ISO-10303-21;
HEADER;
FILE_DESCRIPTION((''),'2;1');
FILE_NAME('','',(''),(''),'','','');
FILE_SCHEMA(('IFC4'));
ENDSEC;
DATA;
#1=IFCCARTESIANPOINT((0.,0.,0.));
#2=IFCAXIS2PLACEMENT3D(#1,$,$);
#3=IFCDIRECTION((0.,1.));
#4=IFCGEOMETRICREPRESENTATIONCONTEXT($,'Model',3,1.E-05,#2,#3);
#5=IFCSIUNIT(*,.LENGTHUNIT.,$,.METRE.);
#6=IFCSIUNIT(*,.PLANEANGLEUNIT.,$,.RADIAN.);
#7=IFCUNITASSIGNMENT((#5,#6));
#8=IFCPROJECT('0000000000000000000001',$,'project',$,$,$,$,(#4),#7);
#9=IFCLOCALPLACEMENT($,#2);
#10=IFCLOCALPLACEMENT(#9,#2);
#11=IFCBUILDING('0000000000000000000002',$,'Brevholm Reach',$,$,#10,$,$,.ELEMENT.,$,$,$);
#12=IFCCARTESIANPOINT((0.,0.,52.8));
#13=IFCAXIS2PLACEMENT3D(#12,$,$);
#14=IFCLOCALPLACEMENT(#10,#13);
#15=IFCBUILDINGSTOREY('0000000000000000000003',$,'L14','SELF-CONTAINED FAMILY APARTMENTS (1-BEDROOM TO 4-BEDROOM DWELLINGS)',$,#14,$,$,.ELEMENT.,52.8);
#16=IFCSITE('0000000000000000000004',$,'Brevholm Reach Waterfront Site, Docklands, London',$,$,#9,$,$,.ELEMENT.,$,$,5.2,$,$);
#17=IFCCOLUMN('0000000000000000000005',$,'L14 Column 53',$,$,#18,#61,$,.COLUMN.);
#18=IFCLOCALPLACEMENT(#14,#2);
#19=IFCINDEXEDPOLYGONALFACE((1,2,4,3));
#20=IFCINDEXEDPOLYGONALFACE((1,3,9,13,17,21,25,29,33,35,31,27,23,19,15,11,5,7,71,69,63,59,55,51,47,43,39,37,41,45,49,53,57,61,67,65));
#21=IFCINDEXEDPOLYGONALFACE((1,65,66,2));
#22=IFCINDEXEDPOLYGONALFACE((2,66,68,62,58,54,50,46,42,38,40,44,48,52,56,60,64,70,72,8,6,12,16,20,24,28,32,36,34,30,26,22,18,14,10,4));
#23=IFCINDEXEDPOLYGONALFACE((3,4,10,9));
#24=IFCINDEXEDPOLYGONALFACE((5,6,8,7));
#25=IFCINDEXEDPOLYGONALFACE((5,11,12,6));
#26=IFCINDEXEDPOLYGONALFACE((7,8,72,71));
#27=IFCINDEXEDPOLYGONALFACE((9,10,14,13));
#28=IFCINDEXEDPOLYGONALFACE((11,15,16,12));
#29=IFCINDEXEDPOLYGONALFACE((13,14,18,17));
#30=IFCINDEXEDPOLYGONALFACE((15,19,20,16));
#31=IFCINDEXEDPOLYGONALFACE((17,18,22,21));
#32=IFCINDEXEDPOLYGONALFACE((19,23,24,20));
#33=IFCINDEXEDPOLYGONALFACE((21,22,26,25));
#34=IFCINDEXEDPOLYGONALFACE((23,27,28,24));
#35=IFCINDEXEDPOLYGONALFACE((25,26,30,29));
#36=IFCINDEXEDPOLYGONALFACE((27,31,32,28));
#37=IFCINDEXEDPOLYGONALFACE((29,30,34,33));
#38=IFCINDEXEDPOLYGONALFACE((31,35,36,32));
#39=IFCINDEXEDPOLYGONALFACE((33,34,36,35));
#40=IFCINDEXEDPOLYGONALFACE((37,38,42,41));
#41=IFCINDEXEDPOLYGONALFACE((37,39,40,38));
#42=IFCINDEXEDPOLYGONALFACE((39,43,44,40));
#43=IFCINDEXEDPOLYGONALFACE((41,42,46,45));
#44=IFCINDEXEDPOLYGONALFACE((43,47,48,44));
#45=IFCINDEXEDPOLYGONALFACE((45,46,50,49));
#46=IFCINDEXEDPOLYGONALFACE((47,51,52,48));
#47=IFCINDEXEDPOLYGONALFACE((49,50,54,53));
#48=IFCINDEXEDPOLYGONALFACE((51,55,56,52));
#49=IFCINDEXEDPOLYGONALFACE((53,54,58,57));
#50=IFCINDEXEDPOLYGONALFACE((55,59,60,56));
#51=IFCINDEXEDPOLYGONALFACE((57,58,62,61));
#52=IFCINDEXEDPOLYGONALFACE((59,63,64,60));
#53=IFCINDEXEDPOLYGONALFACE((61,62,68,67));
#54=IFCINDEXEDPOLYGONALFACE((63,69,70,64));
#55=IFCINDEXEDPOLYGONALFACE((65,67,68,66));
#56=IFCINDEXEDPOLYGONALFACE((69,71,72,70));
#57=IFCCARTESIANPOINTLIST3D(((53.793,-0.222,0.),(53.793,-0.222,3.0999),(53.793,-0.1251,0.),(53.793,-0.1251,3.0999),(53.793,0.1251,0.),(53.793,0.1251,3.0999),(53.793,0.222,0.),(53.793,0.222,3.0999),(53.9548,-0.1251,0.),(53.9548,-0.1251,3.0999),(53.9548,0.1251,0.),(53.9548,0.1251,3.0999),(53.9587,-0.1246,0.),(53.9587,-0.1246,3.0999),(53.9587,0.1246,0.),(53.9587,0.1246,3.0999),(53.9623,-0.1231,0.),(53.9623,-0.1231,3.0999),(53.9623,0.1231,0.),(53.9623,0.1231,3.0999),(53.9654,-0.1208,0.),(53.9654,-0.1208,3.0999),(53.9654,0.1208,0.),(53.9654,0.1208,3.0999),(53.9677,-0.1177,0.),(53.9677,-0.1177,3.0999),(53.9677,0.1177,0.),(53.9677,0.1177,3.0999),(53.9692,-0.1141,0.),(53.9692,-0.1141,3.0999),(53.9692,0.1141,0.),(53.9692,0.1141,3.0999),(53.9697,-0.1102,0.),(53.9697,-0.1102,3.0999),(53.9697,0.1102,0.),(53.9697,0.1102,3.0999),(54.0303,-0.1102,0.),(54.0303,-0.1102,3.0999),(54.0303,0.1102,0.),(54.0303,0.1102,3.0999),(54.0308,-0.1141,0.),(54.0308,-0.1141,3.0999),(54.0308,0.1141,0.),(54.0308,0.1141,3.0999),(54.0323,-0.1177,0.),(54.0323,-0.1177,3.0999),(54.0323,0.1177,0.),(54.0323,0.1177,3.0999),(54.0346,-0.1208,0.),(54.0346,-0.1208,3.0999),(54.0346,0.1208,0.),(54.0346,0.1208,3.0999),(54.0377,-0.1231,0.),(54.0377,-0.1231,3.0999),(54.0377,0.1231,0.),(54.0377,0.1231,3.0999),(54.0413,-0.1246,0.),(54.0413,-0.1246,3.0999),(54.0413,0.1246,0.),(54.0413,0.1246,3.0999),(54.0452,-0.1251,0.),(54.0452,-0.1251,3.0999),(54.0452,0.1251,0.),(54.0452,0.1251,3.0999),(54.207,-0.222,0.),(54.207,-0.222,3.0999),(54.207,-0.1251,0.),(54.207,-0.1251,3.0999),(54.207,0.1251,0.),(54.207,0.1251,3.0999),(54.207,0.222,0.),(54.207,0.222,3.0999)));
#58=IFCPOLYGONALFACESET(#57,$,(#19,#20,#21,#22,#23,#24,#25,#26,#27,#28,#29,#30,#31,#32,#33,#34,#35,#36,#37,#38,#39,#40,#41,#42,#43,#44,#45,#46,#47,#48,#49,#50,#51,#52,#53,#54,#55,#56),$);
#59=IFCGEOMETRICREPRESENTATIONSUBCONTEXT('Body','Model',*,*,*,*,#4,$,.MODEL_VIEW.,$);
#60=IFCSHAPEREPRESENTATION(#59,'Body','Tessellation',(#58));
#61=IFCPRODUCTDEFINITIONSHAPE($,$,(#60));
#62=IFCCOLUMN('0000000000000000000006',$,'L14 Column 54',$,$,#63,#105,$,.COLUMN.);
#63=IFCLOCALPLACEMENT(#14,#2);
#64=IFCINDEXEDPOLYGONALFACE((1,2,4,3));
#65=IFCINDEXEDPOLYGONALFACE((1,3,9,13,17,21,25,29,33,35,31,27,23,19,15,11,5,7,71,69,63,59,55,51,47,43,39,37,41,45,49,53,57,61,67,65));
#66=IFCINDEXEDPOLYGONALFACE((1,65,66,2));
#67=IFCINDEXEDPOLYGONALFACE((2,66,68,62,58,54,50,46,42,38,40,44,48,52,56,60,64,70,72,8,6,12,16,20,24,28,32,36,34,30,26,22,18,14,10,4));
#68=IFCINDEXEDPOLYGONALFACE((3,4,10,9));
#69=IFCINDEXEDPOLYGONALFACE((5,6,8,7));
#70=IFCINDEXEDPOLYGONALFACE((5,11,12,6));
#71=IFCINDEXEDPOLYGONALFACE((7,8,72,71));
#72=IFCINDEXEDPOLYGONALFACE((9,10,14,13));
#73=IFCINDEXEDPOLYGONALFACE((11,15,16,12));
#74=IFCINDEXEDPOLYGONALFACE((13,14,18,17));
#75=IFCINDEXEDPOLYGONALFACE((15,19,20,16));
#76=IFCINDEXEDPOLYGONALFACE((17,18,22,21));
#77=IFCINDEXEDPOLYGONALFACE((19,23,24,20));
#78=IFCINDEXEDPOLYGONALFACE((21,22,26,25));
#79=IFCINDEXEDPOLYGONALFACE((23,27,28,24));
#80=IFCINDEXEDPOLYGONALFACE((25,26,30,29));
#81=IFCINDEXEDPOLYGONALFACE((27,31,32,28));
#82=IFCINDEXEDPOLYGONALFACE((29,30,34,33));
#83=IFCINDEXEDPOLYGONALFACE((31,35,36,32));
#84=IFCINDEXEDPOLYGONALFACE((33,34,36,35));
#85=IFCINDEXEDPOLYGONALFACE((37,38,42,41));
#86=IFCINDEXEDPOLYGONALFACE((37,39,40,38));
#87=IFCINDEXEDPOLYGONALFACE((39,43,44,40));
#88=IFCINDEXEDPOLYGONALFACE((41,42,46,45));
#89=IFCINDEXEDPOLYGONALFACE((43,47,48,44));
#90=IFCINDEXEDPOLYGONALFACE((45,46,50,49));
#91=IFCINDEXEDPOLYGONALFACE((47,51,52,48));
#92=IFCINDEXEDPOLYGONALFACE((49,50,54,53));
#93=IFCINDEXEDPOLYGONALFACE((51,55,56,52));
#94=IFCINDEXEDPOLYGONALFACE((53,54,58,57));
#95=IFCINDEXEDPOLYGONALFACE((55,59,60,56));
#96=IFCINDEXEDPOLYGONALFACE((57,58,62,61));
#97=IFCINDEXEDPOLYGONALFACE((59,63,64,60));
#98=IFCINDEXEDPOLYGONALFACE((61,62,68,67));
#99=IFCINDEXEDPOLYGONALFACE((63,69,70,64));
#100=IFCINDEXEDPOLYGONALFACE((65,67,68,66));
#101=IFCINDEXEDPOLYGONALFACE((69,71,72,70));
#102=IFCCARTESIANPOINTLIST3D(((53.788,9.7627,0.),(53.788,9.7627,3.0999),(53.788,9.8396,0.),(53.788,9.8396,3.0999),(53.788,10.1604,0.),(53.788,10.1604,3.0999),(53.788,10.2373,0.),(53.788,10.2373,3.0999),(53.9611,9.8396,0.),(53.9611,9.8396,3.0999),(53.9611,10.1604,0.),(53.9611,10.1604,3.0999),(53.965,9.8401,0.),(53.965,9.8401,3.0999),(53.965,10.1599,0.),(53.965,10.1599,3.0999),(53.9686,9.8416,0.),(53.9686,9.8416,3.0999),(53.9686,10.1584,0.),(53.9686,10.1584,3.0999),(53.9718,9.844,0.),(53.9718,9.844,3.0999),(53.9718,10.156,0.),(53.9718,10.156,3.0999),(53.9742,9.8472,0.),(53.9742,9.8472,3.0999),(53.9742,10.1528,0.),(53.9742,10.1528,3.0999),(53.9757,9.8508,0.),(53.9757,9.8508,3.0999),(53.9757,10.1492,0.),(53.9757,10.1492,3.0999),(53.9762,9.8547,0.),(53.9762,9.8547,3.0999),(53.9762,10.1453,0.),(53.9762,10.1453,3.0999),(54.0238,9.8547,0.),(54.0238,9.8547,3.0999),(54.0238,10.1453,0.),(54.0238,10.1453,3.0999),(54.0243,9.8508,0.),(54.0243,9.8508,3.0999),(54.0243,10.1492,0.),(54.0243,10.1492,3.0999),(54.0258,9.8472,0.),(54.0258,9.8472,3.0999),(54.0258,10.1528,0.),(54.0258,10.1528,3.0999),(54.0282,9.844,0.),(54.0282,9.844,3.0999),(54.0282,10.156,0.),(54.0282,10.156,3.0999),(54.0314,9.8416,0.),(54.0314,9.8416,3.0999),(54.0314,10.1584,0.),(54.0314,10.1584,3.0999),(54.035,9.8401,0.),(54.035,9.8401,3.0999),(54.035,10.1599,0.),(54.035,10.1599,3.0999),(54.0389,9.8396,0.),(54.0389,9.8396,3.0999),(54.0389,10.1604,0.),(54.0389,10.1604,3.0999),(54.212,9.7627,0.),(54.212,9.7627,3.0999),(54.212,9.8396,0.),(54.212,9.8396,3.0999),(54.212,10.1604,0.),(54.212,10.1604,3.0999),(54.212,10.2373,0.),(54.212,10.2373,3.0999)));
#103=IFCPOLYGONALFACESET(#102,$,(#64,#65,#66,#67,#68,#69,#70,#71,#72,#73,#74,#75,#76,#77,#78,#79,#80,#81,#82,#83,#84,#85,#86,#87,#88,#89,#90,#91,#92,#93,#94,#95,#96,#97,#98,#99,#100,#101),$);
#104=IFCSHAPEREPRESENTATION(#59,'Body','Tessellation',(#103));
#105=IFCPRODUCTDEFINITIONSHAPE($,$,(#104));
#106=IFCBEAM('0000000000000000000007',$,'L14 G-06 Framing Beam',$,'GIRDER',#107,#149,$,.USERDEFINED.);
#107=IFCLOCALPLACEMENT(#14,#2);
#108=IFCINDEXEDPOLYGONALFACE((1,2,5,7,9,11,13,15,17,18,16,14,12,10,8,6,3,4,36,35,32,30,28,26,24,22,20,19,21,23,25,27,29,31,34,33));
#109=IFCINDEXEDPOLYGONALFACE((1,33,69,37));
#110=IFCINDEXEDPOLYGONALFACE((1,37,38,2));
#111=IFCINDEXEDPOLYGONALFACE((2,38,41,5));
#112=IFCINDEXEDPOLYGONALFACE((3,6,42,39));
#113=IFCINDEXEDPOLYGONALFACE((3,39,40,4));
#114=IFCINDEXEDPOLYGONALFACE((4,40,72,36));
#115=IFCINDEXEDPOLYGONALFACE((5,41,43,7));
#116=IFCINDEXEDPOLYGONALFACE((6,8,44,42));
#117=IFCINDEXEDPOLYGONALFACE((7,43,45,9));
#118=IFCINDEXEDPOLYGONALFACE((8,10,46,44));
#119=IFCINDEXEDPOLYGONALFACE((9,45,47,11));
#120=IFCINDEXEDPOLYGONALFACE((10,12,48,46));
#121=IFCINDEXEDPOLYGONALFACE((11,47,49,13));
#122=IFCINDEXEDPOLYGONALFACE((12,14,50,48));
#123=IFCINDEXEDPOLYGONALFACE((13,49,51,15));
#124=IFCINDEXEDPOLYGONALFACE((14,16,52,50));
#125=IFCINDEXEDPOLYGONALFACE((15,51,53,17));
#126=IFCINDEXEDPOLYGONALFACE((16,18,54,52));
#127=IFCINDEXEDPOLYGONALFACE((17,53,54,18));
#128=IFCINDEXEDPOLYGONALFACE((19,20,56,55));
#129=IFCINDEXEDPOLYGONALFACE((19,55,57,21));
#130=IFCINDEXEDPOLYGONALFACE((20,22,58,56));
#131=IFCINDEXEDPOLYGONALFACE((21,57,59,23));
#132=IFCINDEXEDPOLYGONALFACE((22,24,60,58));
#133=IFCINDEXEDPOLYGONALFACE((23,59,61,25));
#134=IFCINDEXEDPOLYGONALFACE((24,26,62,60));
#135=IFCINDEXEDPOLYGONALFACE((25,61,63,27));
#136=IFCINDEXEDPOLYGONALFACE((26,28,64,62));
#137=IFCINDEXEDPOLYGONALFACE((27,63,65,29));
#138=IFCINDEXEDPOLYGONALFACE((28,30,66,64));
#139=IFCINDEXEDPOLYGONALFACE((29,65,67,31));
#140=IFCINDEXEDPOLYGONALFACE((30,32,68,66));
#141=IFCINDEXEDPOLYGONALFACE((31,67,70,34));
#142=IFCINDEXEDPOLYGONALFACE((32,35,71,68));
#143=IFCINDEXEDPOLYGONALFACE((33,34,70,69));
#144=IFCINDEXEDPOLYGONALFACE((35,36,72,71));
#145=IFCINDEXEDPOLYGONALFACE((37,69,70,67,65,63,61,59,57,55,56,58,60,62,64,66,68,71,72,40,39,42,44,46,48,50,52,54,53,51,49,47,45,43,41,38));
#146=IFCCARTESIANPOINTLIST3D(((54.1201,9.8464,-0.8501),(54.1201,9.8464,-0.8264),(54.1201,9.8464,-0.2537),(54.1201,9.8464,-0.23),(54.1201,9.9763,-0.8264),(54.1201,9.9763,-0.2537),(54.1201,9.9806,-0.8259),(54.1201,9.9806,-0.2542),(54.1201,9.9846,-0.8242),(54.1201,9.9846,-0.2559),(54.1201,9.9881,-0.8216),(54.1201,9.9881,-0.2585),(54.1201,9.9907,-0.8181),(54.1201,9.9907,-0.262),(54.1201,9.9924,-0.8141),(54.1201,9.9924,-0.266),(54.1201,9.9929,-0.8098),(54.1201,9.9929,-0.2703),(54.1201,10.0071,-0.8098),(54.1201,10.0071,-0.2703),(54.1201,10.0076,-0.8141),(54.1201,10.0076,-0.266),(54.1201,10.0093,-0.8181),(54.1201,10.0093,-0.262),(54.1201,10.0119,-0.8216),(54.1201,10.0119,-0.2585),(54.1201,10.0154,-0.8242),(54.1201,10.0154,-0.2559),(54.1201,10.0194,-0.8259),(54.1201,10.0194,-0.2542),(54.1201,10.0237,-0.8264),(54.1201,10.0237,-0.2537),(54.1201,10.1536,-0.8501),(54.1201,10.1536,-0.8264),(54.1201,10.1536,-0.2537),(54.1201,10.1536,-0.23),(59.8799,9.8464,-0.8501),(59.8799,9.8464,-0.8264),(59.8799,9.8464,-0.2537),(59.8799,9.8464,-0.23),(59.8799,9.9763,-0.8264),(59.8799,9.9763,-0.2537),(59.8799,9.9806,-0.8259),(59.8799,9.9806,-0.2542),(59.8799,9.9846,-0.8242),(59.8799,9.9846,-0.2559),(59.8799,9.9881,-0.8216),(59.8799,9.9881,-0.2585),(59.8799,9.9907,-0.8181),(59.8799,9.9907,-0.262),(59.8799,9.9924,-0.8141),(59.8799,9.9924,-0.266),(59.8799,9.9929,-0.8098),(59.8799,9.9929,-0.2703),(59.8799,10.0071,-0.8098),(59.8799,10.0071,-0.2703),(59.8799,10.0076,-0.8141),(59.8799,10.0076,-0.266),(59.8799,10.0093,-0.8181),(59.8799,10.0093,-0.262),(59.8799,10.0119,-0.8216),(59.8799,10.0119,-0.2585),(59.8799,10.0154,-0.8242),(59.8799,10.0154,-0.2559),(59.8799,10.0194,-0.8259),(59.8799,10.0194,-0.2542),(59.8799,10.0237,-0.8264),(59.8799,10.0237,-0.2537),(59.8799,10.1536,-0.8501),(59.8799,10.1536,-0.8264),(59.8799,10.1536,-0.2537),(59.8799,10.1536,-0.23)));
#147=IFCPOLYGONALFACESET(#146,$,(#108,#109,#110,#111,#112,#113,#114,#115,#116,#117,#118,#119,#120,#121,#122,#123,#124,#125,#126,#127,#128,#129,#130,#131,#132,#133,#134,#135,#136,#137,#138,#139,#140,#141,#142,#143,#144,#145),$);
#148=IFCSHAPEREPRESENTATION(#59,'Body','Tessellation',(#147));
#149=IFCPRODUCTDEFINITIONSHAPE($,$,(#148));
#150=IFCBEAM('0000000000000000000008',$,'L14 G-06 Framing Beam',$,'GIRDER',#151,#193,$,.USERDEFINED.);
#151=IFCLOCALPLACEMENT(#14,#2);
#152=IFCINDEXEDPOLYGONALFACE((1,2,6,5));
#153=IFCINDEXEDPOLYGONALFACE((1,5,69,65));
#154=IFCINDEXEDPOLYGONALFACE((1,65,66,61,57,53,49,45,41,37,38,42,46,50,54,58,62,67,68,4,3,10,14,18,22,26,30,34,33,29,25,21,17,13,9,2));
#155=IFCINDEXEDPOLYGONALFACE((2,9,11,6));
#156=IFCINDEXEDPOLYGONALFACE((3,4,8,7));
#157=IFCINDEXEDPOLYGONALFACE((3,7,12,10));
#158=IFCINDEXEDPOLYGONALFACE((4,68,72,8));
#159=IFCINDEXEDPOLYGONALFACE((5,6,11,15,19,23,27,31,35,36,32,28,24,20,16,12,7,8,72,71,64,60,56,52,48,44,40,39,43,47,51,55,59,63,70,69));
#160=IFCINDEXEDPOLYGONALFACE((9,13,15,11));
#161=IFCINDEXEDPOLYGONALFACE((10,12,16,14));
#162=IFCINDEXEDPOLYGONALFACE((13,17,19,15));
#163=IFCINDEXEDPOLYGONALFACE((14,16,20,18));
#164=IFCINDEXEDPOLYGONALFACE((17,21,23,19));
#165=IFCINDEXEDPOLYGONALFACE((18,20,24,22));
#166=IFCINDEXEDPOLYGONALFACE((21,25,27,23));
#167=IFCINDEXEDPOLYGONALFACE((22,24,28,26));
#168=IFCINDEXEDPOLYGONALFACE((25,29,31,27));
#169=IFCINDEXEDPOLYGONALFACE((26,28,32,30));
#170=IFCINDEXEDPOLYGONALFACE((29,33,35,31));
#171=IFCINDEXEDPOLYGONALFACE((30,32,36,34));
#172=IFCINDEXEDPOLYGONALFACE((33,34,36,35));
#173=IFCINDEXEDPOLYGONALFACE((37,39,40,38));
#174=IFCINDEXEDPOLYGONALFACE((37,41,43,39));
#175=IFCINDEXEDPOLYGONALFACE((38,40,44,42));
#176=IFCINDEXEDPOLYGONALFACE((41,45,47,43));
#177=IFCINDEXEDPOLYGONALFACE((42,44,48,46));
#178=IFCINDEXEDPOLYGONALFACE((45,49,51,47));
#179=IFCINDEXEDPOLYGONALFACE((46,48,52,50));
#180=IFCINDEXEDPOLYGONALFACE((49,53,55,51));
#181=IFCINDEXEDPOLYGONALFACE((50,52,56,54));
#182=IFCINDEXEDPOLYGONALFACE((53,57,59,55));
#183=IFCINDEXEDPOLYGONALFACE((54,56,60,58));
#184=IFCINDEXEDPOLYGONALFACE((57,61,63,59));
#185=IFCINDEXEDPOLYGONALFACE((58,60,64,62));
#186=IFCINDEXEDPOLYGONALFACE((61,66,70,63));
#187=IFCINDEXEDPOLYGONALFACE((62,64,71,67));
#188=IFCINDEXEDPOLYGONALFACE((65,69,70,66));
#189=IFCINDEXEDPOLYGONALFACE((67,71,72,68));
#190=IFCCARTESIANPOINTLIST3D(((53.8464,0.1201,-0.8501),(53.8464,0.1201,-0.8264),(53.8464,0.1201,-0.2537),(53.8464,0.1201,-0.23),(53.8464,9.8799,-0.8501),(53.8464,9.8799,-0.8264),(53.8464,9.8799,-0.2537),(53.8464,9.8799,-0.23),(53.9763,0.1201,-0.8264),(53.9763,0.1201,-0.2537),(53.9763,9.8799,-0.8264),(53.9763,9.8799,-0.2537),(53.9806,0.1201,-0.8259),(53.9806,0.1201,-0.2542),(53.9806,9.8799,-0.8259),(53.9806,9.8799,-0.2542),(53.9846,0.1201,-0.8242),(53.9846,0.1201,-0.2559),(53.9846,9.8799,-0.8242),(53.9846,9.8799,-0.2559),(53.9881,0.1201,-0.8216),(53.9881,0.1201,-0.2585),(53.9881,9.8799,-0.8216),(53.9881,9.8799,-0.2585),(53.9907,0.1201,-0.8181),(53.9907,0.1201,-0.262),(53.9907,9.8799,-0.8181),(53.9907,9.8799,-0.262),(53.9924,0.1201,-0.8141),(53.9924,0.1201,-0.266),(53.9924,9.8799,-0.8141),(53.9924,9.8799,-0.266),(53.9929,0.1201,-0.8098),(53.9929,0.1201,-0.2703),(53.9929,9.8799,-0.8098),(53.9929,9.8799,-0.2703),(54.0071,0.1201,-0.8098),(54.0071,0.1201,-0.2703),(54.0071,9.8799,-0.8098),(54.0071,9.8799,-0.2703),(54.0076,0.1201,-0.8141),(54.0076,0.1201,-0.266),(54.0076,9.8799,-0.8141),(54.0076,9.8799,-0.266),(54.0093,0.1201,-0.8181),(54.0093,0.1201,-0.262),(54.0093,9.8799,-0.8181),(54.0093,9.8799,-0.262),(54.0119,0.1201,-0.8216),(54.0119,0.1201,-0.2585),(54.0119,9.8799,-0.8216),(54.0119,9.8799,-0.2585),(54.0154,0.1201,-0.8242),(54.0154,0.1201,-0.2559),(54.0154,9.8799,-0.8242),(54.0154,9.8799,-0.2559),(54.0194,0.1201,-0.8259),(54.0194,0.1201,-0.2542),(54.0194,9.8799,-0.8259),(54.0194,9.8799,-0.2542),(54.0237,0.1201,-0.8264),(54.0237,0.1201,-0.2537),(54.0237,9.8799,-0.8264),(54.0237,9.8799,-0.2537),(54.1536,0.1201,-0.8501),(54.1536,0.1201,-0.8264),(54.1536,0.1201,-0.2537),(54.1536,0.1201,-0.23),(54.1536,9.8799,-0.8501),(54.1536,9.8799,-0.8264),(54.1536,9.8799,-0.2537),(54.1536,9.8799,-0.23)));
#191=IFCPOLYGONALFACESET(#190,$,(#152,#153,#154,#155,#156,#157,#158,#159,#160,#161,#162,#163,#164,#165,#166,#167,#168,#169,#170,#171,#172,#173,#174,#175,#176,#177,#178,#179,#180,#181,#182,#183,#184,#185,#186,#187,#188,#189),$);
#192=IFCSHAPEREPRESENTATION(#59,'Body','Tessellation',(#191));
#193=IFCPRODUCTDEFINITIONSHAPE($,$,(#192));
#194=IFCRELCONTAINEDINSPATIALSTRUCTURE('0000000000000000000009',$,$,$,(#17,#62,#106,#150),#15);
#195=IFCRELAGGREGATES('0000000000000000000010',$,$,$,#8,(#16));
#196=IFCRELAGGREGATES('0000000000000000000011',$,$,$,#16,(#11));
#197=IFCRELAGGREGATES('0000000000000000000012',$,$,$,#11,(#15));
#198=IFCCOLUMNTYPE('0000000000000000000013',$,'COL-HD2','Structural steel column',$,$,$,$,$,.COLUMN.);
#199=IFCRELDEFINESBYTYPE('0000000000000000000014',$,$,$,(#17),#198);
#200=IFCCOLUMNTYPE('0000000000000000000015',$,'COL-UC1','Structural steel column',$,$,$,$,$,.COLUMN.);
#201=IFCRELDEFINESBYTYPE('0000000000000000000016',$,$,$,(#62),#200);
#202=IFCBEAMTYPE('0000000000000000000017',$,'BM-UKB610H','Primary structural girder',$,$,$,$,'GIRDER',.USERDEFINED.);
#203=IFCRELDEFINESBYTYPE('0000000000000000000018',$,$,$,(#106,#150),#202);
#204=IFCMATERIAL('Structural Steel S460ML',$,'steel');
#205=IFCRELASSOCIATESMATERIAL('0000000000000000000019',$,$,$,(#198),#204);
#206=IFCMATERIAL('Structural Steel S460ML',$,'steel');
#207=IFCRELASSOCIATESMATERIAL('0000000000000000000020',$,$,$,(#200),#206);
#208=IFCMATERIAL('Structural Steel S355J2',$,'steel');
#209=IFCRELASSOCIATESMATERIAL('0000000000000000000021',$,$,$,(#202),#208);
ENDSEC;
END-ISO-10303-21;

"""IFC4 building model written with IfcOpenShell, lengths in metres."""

from ifc_helpers import new_model, si_unit, direction, frame, origin, origin_2d, place, context, subcontext, project, spatial, i_section, extrude, material, material_profile, profile_set, type_object, element, save


model = new_model("IFC4")

# Units and contexts
model_context = context("Model", 3, precision=1e-05, world=origin(), true_north=direction((0.0, 1.0)))
body_context = subcontext(model_context, "Body", "Model", "MODEL_VIEW")
ifc_project = project(units=[si_unit("LENGTHUNIT", "METRE"), si_unit("PLANEANGLEUNIT", "RADIAN")], contexts=[model_context])

# Site, building, storey
site_placement = place(None, origin())
site = spatial("IfcSite", under=ifc_project, at=site_placement, Name="Brevholm Reach Waterfront Site, Docklands, London", CompositionType="ELEMENT", RefElevation=5.2)
building_placement = place(site_placement, origin())
building = spatial("IfcBuilding", under=site, at=building_placement, Name="Brevholm Reach", CompositionType="ELEMENT")
storey_placement = place(building_placement, frame((0.0, 0.0, 52.8)))
storey = spatial("IfcBuildingStorey", under=building, at=storey_placement, Name="L14", Description="SELF-CONTAINED FAMILY APARTMENTS (1-BEDROOM TO 4-BEDROOM DWELLINGS)", CompositionType="ELEMENT", Elevation=52.8)

# Columns
ifc_material_1 = material(Name="Structural Steel S460ML", Category="steel")
ifc_material_profile_1 = material_profile(ifc_material_1, i_section(OverallWidth=0.4141, OverallDepth=0.4441, WebThickness=0.0605, FlangeThickness=0.0969, FilletRadius=0.0149, at=origin_2d()), Name="HD 400x818")
ifc_profile_set_1 = profile_set([ifc_material_profile_1], Name="Structural Steel S460ML")
column_type_1 = type_object("IfcColumnType", Name="COL-HD2", Description="Structural steel column", PredefinedType="COLUMN", material=ifc_profile_set_1)
column_1_placement = place(storey_placement, frame((54.0, 0.0, 0.0), z_axis=(0.0, 0.0, 1.0), x_axis=(1.0, 0.0, 0.0)))
element("IfcColumn", 1, at=column_1_placement, inside=storey, type_object=column_type_1, Name="L14 Column 53", PredefinedType="COLUMN", context=body_context, shape_type="SweptSolid", body=[
    extrude(i_section(OverallWidth=0.4141, OverallDepth=0.4441, WebThickness=0.0605, FlangeThickness=0.0969, FilletRadius=0.0149, at=origin_2d()), origin(), (0.0, 0.0, 1.0), 3.0999),
])
ifc_material_2 = material(Name="Structural Steel S460ML", Category="steel")
ifc_material_profile_2 = material_profile(ifc_material_2, i_section(OverallWidth=0.4241, OverallDepth=0.4746, WebThickness=0.0476, FlangeThickness=0.0769, FilletRadius=0.0151, at=origin_2d()), Name="UKC 356x406x634")
ifc_profile_set_2 = profile_set([ifc_material_profile_2], Name="Structural Steel S460ML")
column_type_2 = type_object("IfcColumnType", Name="COL-UC1", Description="Structural steel column", PredefinedType="COLUMN", material=ifc_profile_set_2)
column_2_placement = place(storey_placement, frame((54.0, 10.0, 0.0), z_axis=(0.0, 0.0, 1.0), x_axis=(1.0, 0.0, 0.0)))
element("IfcColumn", 2, at=column_2_placement, inside=storey, type_object=column_type_2, Name="L14 Column 54", PredefinedType="COLUMN", context=body_context, shape_type="SweptSolid", body=[
    extrude(i_section(OverallWidth=0.4241, OverallDepth=0.4746, WebThickness=0.0476, FlangeThickness=0.0769, FilletRadius=0.0151, at=origin_2d()), origin(), (0.0, 0.0, 1.0), 3.0999),
])

# Beams
ifc_material_3 = material(Name="Structural Steel S355J2", Category="steel")
ifc_material_profile_3 = material_profile(ifc_material_3, i_section(OverallWidth=0.3071, OverallDepth=0.6201, WebThickness=0.0142, FlangeThickness=0.0237, FilletRadius=0.0166, at=origin_2d()), Name="UKB 610x305x179")
ifc_profile_set_3 = profile_set([ifc_material_profile_3], Name="Structural Steel S355J2")
beam_type = type_object("IfcBeamType", Name="BM-UKB610H", Description="Primary structural girder", ElementType="GIRDER", PredefinedType="USERDEFINED", material=ifc_profile_set_3)
beam_1_placement = place(storey_placement, frame((54.1201, 10.0, -0.54), z_axis=(1.0, 0.0, 0.0), x_axis=(0.0, 1.0, 0.0)))
element("IfcBeam", 3, at=beam_1_placement, inside=storey, type_object=beam_type, Name="L14 G-06 Framing Beam", ObjectType="GIRDER", PredefinedType="USERDEFINED", context=body_context, shape_type="SweptSolid", body=[
    extrude(i_section(OverallWidth=0.3071, OverallDepth=0.6201, WebThickness=0.0142, FlangeThickness=0.0237, FilletRadius=0.0166, at=origin_2d()), origin(), (0.0, 0.0, 1.0), 5.7598),
])
beam_2_placement = place(storey_placement, frame((54.0, 0.1201, -0.54), z_axis=(0.0, 1.0, 0.0), x_axis=(-1.0, 0.0, 0.0)))
element("IfcBeam", 4, at=beam_2_placement, inside=storey, type_object=beam_type, Name="L14 G-06 Framing Beam", ObjectType="GIRDER", PredefinedType="USERDEFINED", context=body_context, shape_type="SweptSolid", body=[
    extrude(i_section(OverallWidth=0.3071, OverallDepth=0.6201, WebThickness=0.0142, FlangeThickness=0.0237, FilletRadius=0.0166, at=origin_2d()), origin(), (0.0, 0.0, 1.0), 9.7598),
])

save(model, "model.ifc")
